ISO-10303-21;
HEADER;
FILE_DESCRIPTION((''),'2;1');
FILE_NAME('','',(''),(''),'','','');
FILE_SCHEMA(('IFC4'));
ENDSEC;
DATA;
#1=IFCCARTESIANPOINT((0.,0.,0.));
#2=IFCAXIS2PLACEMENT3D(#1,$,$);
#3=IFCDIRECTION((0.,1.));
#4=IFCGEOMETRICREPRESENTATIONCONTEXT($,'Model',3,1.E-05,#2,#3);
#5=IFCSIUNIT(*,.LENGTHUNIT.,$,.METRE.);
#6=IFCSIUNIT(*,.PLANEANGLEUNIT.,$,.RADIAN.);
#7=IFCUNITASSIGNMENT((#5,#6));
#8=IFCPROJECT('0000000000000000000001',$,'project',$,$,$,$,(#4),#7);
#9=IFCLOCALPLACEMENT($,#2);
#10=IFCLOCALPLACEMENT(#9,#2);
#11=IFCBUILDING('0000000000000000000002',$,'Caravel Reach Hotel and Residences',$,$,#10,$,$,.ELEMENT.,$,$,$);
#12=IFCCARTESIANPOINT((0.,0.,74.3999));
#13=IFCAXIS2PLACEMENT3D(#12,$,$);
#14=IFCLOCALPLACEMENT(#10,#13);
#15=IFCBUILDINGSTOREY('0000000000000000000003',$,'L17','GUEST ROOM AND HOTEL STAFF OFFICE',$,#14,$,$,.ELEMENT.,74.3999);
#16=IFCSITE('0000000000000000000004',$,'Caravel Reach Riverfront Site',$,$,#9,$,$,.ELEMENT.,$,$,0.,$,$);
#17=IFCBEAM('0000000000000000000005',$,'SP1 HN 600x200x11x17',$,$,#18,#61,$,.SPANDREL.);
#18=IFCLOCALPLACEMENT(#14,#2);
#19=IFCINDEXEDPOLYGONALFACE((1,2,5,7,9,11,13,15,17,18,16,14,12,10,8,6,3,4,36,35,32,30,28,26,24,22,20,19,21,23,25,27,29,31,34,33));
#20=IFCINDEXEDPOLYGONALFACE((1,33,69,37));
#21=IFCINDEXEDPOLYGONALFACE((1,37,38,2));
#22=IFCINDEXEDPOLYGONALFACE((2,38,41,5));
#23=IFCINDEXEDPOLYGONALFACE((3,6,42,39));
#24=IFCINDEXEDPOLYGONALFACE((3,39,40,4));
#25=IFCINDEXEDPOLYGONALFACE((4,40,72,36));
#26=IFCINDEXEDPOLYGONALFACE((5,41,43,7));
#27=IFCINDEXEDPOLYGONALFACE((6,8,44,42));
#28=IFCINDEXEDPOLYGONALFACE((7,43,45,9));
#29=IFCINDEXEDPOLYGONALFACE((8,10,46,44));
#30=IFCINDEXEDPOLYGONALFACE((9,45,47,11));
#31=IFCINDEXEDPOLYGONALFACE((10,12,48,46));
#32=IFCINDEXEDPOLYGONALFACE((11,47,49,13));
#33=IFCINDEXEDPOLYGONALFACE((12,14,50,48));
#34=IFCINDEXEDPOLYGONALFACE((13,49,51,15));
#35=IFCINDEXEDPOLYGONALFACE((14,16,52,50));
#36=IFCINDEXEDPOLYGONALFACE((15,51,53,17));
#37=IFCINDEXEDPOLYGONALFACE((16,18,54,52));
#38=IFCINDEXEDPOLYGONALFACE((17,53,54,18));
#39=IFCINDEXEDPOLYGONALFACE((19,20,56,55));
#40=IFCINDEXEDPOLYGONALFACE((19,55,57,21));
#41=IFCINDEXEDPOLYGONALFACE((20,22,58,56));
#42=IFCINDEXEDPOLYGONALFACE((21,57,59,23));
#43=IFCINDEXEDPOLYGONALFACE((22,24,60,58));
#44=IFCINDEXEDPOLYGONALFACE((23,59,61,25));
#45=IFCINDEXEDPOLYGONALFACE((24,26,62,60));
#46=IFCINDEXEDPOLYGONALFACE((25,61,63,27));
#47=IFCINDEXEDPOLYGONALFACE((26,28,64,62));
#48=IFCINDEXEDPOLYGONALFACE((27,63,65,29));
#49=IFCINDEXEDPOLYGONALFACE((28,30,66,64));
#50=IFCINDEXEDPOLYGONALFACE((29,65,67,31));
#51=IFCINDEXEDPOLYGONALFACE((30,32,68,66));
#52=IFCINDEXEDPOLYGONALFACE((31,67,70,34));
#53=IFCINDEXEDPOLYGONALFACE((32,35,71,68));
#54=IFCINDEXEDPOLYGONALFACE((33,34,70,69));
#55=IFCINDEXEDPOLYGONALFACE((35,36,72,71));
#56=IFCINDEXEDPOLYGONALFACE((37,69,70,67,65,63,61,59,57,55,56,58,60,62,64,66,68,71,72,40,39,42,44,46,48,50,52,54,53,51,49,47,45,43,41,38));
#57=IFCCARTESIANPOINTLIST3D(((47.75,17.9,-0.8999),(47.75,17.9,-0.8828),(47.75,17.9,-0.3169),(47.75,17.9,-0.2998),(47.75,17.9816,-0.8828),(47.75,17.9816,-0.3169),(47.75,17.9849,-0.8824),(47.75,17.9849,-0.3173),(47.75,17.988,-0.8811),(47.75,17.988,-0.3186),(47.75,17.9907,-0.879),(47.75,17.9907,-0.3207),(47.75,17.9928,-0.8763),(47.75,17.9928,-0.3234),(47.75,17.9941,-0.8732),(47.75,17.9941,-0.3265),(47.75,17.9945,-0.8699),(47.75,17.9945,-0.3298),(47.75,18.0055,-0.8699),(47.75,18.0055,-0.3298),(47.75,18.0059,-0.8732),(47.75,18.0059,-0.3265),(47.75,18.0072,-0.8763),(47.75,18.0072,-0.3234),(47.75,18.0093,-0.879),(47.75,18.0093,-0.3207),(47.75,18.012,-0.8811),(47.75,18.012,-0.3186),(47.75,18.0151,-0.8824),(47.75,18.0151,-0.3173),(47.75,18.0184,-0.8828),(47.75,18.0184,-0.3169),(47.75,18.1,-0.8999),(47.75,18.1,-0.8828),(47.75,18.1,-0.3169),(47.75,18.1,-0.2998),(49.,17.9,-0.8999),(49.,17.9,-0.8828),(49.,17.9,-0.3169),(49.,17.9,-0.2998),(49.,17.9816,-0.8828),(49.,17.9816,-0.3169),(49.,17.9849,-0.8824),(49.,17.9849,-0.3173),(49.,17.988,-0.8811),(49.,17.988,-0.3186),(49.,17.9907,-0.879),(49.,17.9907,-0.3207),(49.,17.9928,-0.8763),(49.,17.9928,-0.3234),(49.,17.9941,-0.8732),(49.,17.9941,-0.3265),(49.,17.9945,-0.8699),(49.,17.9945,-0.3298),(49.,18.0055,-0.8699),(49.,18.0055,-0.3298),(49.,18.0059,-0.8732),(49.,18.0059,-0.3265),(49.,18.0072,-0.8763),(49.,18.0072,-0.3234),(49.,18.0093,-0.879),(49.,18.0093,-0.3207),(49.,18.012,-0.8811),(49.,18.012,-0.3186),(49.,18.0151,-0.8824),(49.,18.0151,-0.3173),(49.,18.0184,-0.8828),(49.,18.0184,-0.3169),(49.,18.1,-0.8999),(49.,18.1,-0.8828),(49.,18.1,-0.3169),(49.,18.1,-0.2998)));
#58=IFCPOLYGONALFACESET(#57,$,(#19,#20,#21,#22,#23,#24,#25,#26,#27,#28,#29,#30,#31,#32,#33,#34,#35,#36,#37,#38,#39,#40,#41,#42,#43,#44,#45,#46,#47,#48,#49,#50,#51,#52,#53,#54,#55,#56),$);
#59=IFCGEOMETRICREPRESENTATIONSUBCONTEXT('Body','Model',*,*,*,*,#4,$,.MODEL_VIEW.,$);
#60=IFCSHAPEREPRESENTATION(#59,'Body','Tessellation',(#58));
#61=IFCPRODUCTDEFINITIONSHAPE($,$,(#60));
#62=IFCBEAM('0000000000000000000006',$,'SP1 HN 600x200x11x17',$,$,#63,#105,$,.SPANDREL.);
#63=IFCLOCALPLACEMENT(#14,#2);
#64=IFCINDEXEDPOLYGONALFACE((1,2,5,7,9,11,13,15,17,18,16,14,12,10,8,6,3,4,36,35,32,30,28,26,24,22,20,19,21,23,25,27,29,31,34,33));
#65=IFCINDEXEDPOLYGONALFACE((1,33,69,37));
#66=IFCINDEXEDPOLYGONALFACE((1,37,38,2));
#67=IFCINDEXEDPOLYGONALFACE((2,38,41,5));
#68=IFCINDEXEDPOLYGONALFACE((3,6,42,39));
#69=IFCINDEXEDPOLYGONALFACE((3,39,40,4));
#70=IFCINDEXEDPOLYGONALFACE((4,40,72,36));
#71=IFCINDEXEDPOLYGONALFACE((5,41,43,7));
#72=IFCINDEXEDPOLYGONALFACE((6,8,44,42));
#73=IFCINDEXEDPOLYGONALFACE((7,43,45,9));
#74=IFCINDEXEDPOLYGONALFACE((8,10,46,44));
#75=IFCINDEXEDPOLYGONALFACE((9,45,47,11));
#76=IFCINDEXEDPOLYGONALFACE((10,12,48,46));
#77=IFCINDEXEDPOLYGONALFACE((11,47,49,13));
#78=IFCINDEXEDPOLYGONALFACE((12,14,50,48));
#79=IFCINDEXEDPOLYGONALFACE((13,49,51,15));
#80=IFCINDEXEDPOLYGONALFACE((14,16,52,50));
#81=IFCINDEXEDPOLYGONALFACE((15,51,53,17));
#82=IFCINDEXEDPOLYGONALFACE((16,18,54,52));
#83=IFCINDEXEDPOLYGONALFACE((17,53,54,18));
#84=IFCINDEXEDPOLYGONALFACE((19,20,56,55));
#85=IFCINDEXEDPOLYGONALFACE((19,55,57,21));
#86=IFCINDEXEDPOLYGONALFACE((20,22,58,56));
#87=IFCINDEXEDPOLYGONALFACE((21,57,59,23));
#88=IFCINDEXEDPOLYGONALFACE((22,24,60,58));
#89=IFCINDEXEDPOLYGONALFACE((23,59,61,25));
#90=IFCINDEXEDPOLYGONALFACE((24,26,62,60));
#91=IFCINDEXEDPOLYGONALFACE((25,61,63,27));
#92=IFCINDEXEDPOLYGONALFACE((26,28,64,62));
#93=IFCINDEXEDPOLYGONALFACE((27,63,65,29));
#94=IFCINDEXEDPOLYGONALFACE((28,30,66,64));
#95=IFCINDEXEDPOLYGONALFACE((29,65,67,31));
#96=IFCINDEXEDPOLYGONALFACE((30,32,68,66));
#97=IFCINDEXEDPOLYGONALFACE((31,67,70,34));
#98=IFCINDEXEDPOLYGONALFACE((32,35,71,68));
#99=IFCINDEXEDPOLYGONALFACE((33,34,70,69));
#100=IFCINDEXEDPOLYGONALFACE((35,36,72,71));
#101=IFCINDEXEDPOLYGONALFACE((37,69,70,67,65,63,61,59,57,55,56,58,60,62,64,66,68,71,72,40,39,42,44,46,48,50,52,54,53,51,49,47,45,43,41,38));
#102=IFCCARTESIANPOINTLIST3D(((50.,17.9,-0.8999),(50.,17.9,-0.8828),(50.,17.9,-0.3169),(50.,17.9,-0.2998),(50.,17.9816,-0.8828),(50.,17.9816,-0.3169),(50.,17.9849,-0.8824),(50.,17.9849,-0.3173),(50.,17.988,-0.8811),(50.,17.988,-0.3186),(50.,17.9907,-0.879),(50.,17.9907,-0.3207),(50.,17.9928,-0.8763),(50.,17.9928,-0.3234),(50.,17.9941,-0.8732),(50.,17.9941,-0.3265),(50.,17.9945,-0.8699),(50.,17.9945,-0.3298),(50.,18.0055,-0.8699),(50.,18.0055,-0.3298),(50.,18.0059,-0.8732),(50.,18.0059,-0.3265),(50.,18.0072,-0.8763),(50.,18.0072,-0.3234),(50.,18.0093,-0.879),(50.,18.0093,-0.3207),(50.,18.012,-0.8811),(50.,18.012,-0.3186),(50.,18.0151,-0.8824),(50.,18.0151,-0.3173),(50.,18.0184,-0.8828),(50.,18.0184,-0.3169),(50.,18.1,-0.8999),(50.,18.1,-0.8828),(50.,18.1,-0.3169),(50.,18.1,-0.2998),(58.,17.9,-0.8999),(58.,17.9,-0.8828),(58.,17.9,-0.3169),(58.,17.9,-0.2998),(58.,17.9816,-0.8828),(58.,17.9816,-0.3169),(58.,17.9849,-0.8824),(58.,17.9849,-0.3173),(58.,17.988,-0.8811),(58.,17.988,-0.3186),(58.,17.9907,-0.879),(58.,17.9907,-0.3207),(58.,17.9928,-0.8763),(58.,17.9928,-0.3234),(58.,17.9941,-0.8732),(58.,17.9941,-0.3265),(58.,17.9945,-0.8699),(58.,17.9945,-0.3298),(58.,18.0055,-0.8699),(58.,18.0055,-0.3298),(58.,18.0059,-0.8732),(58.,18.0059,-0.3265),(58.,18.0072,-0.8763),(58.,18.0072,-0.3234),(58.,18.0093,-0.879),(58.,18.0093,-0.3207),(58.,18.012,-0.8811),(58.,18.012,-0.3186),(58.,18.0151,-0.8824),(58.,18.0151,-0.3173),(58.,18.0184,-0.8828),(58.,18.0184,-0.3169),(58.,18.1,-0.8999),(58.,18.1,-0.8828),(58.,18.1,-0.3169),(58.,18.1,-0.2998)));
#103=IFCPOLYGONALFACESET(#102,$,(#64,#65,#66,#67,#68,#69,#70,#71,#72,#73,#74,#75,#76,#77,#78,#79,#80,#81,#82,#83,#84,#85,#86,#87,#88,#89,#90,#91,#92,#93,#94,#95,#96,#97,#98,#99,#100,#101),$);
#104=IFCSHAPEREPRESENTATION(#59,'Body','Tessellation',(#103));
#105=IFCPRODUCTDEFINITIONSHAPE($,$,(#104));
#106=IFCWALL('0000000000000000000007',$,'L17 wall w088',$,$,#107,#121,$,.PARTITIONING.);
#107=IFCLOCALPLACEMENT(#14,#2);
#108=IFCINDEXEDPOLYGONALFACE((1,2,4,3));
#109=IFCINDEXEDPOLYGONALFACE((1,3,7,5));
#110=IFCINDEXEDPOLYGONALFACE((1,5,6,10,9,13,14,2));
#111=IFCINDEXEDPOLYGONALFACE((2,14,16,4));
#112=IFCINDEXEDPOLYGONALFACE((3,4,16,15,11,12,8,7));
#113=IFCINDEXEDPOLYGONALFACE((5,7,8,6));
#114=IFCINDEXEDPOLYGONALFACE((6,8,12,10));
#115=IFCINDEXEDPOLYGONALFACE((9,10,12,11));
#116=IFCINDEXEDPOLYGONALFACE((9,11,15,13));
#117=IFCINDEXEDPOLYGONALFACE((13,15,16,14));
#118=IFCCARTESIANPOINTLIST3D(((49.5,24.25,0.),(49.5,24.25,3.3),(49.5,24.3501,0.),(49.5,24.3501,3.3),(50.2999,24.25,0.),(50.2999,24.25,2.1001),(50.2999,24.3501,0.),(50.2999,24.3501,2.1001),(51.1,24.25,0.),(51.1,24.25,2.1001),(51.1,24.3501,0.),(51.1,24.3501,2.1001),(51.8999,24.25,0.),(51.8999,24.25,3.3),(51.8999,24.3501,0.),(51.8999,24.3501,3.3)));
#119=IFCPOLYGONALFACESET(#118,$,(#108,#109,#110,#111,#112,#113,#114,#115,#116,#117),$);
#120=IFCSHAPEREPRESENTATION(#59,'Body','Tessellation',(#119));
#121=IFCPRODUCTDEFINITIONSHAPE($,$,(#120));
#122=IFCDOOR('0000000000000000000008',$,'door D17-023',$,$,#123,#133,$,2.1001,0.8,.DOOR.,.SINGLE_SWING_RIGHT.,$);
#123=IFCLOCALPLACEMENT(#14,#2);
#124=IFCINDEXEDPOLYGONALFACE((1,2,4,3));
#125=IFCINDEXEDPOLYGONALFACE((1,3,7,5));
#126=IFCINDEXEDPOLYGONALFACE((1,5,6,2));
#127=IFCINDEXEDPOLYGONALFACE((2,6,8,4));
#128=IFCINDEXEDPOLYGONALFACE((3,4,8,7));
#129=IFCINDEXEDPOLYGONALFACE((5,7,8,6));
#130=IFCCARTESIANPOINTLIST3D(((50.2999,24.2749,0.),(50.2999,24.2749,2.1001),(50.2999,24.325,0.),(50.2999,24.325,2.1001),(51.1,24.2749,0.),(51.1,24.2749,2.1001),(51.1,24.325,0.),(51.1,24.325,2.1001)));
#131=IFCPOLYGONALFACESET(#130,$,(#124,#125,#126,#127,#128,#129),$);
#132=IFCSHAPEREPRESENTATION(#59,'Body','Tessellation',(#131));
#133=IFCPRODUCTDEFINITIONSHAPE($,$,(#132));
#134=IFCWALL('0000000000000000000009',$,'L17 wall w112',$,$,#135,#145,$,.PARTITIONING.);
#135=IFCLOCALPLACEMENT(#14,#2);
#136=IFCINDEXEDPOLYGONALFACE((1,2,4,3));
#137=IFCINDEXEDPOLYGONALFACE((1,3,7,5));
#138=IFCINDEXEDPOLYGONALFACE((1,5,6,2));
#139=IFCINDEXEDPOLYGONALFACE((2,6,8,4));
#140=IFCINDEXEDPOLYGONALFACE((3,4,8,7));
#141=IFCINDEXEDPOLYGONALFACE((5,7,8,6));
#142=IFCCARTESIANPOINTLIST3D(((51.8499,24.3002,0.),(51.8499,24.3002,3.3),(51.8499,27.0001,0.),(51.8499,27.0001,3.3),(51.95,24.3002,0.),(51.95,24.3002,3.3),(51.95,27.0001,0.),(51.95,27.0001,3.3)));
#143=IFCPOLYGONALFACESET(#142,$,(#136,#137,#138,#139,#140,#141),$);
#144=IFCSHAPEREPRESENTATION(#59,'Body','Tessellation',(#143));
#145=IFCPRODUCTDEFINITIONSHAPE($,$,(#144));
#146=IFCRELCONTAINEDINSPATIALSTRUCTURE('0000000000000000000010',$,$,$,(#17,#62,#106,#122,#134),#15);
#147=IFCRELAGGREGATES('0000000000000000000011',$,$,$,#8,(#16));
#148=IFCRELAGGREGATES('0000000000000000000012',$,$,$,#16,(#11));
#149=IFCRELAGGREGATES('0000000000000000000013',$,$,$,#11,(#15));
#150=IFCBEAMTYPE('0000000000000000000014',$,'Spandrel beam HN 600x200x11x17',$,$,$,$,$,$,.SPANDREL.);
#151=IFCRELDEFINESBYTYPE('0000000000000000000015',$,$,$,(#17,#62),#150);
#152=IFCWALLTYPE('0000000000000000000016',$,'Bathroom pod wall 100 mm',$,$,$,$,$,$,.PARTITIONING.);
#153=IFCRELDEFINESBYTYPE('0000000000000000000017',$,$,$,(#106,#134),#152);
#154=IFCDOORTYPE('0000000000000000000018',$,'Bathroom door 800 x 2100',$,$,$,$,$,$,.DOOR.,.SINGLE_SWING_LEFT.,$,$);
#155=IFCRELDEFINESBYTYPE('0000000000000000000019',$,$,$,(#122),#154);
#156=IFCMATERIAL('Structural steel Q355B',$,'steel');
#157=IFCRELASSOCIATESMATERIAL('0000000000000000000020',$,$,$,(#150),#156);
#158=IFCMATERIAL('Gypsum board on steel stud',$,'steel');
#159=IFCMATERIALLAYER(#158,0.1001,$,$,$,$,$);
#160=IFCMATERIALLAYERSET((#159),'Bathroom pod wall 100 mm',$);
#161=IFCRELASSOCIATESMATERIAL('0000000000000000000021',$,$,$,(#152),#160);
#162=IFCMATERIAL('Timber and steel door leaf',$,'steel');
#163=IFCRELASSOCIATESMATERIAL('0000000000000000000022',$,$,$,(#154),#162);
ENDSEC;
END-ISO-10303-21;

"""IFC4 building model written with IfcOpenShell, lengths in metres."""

from ifc_helpers import new_model, si_unit, direction, frame, frame_2d, origin, origin_2d, place, context, subcontext, project, spatial, rectangle, i_section, extrude, material, layer, layer_set, material_profile, profile_set, type_object, element, fill, save


model = new_model("IFC4")

# Units and contexts
model_context = context("Model", 3, precision=1e-05, world=origin(), true_north=direction((0.0, 1.0)))
body_context = subcontext(model_context, "Body", "Model", "MODEL_VIEW")
ifc_project = project(units=[si_unit("LENGTHUNIT", "METRE"), si_unit("PLANEANGLEUNIT", "RADIAN")], contexts=[model_context])

# Site, building, storey
site_placement = place(None, origin())
site = spatial("IfcSite", under=ifc_project, at=site_placement, Name="Caravel Reach Riverfront Site", CompositionType="ELEMENT", RefElevation=0.0)
building_placement = place(site_placement, origin())
building = spatial("IfcBuilding", under=site, at=building_placement, Name="Caravel Reach Hotel and Residences", CompositionType="ELEMENT")
storey_placement = place(building_placement, frame((0.0, 0.0, 74.3999)))
storey = spatial("IfcBuildingStorey", under=building, at=storey_placement, Name="L17", Description="GUEST ROOM AND HOTEL STAFF OFFICE", CompositionType="ELEMENT", Elevation=74.3999)

# Beams
ifc_material_1 = material(Name="Structural steel Q355B", Category="steel")
ifc_material_profile_1 = material_profile(ifc_material_1, i_section(OverallWidth=0.2, OverallDepth=0.6001, WebThickness=0.011, FlangeThickness=0.0171, FilletRadius=0.0129, at=origin_2d()), Name="HN 600x200x11x17")
ifc_profile_set_1 = profile_set([ifc_material_profile_1], Name="Structural steel Q355B")
beam_type_1 = type_object("IfcBeamType", Name="Spandrel beam HN 600x200x11x17", PredefinedType="SPANDREL", material=ifc_profile_set_1)
beam_1_placement = place(storey_placement, frame((47.75, 18.0, -0.5999), z_axis=(1.0, 0.0, 0.0), x_axis=(0.0, 1.0, 0.0)))
element("IfcBeam", 1, at=beam_1_placement, inside=storey, type_object=beam_type_1, Name="SP1 HN 600x200x11x17", PredefinedType="SPANDREL", context=body_context, shape_type="SweptSolid", body=[
    extrude(i_section(OverallWidth=0.2, OverallDepth=0.6001, WebThickness=0.011, FlangeThickness=0.0171, FilletRadius=0.0129, at=origin_2d()), origin(), (0.0, 0.0, 1.0), 1.25),
])
beam_2_placement = place(storey_placement, frame((50.0, 18.0, -0.5999), z_axis=(1.0, 0.0, 0.0), x_axis=(0.0, 1.0, 0.0)))
element("IfcBeam", 2, at=beam_2_placement, inside=storey, type_object=beam_type_1, Name="SP1 HN 600x200x11x17", PredefinedType="SPANDREL", context=body_context, shape_type="SweptSolid", body=[
    extrude(i_section(OverallWidth=0.2, OverallDepth=0.6001, WebThickness=0.011, FlangeThickness=0.0171, FilletRadius=0.0129, at=origin_2d()), origin(), (0.0, 0.0, 1.0), 8.0),
])

# Wall, opening, door
ifc_material_2 = material(Name="Gypsum board on steel stud", Category="steel")
ifc_layer_1 = layer(ifc_material_2, 0.1001)
ifc_layer_set_1 = layer_set([ifc_layer_1], Name="Bathroom pod wall 100 mm")
wall_type_1 = type_object("IfcWallType", Name="Bathroom pod wall 100 mm", PredefinedType="PARTITIONING", material=ifc_layer_set_1)
wall_1_placement = place(storey_placement, frame((49.5, 24.3, 0.0), z_axis=(0.0, 0.0, 1.0), x_axis=(1.0, 0.0, 0.0)))
wall_1 = element("IfcWall", 3, at=wall_1_placement, inside=storey, type_object=wall_type_1, Name="L17 wall w088", PredefinedType="PARTITIONING", context=body_context, shape_type="SweptSolid", body=[
    extrude(rectangle(XDim=2.3999, YDim=0.1001, at=frame_2d((1.2, 0.0))), origin(), (0.0, 0.0, 1.0), 3.3),
])
opening_1_placement = place(wall_1_placement, frame((0.8, 0.0, 0.0)))
opening_1 = element("IfcOpeningElement", 4, at=opening_1_placement, cuts=wall_1, PredefinedType="OPENING", context=body_context, shape_type="SweptSolid", body=[
    extrude(rectangle(XDim=0.8, YDim=2.1001, at=frame_2d((0.3999, 1.05))), frame((0.0, 0.0601, 0.0), z_axis=(0.0, -1.0, 0.0), x_axis=(1.0, 0.0, 0.0)), (0.0, 0.0, 1.0), 0.1201),
])
ifc_material_3 = material(Name="Timber and steel door leaf", Category="steel")
door_type_1 = type_object("IfcDoorType", Name="Bathroom door 800 x 2100", OperationType="SINGLE_SWING_LEFT", PredefinedType="DOOR", material=ifc_material_3)
door_1_placement = place(opening_1_placement, origin())
door_1 = element("IfcDoor", 5, at=door_1_placement, inside=storey, type_object=door_type_1, Name="door D17-023", OperationType="SINGLE_SWING_RIGHT", OverallHeight=2.1001, OverallWidth=0.8, PredefinedType="DOOR", context=body_context, shape_type="SweptSolid", body=[
    extrude(rectangle(XDim=0.8, YDim=2.1001, at=frame_2d((0.3999, 1.05))), frame((0.0, 0.0249, 0.0), z_axis=(0.0, -1.0, 0.0), x_axis=(1.0, 0.0, 0.0)), (0.0, 0.0, 1.0), 0.05),
])
fill(opening_1, door_1)

# Wall
wall_2_placement = place(storey_placement, frame((51.8999, 24.3, 0.0), z_axis=(0.0, 0.0, 1.0), x_axis=(0.0, 1.0, 0.0)))
element("IfcWall", 6, at=wall_2_placement, inside=storey, type_object=wall_type_1, Name="L17 wall w112", PredefinedType="PARTITIONING", context=body_context, shape_type="SweptSolid", body=[
    extrude(rectangle(XDim=2.7, YDim=0.1001, at=frame_2d((1.3501, 0.0))), origin(), (0.0, 0.0, 1.0), 3.3),
])

save(model, "model.ifc")
